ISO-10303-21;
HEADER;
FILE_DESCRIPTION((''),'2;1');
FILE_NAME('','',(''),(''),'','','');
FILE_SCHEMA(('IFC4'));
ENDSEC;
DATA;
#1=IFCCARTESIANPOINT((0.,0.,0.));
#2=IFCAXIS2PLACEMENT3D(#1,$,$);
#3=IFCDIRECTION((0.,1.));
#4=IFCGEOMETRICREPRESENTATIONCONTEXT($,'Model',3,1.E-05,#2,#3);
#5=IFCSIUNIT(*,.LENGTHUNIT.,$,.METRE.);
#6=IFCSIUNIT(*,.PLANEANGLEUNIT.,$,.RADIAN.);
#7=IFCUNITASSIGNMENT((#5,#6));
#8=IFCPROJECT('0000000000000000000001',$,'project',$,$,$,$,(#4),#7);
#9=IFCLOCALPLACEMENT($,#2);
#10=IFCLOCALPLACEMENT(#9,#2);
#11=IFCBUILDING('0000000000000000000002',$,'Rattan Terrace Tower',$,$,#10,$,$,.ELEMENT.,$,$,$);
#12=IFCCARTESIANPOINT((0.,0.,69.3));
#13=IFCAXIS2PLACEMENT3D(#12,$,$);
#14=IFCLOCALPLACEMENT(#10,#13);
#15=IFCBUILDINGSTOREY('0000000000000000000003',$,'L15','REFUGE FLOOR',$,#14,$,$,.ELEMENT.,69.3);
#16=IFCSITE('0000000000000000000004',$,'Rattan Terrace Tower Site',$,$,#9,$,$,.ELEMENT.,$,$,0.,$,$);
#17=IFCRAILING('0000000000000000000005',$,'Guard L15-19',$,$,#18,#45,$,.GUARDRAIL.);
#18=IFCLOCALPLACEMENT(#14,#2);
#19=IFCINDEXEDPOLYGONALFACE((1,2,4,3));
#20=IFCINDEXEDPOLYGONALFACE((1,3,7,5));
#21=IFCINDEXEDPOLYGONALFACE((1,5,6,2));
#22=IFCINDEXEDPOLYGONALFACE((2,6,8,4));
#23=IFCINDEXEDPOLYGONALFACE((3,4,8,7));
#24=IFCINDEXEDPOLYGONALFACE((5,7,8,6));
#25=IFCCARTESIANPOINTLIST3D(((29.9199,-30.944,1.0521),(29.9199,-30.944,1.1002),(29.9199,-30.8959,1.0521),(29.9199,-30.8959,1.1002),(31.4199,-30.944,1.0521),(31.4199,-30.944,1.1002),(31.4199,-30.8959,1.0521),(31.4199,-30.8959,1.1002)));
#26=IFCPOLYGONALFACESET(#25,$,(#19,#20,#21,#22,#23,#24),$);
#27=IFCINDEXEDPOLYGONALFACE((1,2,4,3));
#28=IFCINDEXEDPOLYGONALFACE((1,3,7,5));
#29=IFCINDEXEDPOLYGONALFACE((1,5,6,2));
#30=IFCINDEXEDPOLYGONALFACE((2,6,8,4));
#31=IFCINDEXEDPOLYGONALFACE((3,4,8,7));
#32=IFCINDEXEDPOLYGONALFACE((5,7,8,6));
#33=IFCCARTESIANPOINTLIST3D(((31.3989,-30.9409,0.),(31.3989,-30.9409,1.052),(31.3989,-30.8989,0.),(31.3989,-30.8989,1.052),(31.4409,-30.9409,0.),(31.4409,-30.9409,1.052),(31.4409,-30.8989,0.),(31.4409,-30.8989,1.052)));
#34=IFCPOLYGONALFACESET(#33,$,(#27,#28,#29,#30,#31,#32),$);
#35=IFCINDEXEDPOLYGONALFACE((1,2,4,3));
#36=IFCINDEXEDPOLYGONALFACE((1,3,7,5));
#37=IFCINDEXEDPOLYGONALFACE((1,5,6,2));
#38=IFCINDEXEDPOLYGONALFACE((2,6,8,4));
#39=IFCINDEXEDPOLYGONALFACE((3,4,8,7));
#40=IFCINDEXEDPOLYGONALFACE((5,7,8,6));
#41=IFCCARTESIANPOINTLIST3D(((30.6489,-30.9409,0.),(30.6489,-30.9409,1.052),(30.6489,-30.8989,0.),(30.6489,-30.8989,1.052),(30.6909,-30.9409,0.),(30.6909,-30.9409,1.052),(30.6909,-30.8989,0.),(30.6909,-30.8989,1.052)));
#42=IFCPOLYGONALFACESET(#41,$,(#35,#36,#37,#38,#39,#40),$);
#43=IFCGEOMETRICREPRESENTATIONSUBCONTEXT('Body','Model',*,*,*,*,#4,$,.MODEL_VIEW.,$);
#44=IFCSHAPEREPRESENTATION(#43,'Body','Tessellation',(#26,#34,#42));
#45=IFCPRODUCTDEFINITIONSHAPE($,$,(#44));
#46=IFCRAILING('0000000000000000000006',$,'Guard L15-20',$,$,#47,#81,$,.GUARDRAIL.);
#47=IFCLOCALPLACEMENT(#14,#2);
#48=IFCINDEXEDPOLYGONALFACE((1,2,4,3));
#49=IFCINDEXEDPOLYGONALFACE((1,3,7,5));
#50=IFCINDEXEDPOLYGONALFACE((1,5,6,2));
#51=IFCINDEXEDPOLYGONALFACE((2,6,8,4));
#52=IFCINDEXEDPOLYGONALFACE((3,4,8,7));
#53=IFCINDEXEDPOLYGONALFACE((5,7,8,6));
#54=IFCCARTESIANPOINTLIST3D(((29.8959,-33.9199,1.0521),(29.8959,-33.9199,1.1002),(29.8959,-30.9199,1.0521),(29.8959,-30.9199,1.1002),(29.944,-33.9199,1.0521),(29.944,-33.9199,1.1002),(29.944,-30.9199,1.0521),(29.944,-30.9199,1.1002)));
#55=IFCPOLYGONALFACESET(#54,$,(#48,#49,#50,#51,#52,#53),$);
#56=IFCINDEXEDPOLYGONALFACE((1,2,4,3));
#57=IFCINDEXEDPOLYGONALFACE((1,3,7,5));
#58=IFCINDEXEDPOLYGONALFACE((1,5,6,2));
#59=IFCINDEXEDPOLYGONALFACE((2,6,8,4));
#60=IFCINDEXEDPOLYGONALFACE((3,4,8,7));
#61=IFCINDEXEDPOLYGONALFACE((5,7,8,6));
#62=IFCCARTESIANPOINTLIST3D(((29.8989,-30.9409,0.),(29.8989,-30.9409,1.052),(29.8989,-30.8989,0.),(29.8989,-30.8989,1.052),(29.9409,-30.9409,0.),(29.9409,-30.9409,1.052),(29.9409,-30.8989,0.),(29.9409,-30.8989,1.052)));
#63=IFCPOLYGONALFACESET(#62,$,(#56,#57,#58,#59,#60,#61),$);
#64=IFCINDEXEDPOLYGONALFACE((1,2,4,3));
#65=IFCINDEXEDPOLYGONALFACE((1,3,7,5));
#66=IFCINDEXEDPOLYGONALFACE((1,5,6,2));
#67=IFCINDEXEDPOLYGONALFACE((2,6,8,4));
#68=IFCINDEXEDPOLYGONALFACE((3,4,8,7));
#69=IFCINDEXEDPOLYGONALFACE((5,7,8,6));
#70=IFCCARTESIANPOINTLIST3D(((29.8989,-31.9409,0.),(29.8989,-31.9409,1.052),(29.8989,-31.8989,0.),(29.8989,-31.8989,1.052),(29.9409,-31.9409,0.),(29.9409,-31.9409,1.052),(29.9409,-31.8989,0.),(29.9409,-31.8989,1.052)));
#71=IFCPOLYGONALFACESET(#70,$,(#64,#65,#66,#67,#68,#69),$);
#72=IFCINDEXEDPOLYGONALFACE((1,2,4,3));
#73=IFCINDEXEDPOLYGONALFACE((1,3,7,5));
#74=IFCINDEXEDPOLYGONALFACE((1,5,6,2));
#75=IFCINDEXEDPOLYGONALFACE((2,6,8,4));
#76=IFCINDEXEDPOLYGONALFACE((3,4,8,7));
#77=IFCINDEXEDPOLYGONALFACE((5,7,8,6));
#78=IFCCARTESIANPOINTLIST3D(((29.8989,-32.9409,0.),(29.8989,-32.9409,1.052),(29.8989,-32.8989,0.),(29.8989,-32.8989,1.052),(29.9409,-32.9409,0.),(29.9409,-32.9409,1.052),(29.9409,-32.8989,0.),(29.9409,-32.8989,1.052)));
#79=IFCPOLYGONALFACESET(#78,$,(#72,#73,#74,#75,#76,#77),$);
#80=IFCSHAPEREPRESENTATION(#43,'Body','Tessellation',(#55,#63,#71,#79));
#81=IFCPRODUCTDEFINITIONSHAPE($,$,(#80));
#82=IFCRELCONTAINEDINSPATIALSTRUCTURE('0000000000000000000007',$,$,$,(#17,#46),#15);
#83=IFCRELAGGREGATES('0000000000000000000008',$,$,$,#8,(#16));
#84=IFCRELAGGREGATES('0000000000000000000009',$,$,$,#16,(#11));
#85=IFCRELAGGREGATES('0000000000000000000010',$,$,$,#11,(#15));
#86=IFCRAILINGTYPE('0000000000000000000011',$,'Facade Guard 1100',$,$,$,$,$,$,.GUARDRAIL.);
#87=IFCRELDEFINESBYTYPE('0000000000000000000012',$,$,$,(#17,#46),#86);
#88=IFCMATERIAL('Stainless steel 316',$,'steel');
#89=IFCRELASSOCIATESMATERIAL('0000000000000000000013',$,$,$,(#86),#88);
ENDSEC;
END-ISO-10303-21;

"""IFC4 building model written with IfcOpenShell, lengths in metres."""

from ifc_helpers import new_model, si_unit, direction, frame, origin, origin_2d, place, context, subcontext, project, spatial, rectangle, extrude, material, type_object, element, save


model = new_model("IFC4")

# Units and contexts
model_context = context("Model", 3, precision=1e-05, world=origin(), true_north=direction((0.0, 1.0)))
body_context = subcontext(model_context, "Body", "Model", "MODEL_VIEW")
ifc_project = project(units=[si_unit("LENGTHUNIT", "METRE"), si_unit("PLANEANGLEUNIT", "RADIAN")], contexts=[model_context])

# Site, building, storey
site_placement = place(None, origin())
site = spatial("IfcSite", under=ifc_project, at=site_placement, Name="Rattan Terrace Tower Site", CompositionType="ELEMENT", RefElevation=0.0)
building_placement = place(site_placement, origin())
building = spatial("IfcBuilding", under=site, at=building_placement, Name="Rattan Terrace Tower", CompositionType="ELEMENT")
storey_placement = place(building_placement, frame((0.0, 0.0, 69.3)))
storey = spatial("IfcBuildingStorey", under=building, at=storey_placement, Name="L15", Description="REFUGE FLOOR", CompositionType="ELEMENT", Elevation=69.3)

# Railings
ifc_material_1 = material(Name="Stainless steel 316", Category="steel")
railing_type = type_object("IfcRailingType", Name="Facade Guard 1100", PredefinedType="GUARDRAIL", material=ifc_material_1)
railing_1_placement = place(storey_placement, frame((31.4199, -30.9199, 0.0)))
element("IfcRailing", 1, at=railing_1_placement, inside=storey, type_object=railing_type, Name="Guard L15-19", PredefinedType="GUARDRAIL", context=body_context, shape_type="SweptSolid", body=[
    extrude(rectangle(XDim=0.0481, YDim=0.0481, at=origin_2d()), frame((0.0, 0.0, 1.0762), z_axis=(-1.0, 0.0, 0.0), x_axis=(0.0, -1.0, 0.0)), (0.0, 0.0, 1.0), 1.5),
    extrude(rectangle(XDim=0.042, YDim=0.042, at=origin_2d()), origin(), (0.0, 0.0, 1.0), 1.052),
    extrude(rectangle(XDim=0.042, YDim=0.042, at=origin_2d()), frame((-0.75, 0.0, 0.0)), (0.0, 0.0, 1.0), 1.052),
])
railing_2_placement = place(storey_placement, frame((29.9199, -30.9199, 0.0)))
element("IfcRailing", 2, at=railing_2_placement, inside=storey, type_object=railing_type, Name="Guard L15-20", PredefinedType="GUARDRAIL", context=body_context, shape_type="SweptSolid", body=[
    extrude(rectangle(XDim=0.0481, YDim=0.0481, at=origin_2d()), frame((0.0, 0.0, 1.0762), z_axis=(0.0, -1.0, 0.0), x_axis=(1.0, 0.0, 0.0)), (0.0, 0.0, 1.0), 3.0),
    extrude(rectangle(XDim=0.042, YDim=0.042, at=origin_2d()), origin(), (0.0, 0.0, 1.0), 1.052),
    extrude(rectangle(XDim=0.042, YDim=0.042, at=origin_2d()), frame((0.0, -1.0, 0.0)), (0.0, 0.0, 1.0), 1.052),
    extrude(rectangle(XDim=0.042, YDim=0.042, at=origin_2d()), frame((0.0, -2.0, 0.0)), (0.0, 0.0, 1.0), 1.052),
])

save(model, "model.ifc")
